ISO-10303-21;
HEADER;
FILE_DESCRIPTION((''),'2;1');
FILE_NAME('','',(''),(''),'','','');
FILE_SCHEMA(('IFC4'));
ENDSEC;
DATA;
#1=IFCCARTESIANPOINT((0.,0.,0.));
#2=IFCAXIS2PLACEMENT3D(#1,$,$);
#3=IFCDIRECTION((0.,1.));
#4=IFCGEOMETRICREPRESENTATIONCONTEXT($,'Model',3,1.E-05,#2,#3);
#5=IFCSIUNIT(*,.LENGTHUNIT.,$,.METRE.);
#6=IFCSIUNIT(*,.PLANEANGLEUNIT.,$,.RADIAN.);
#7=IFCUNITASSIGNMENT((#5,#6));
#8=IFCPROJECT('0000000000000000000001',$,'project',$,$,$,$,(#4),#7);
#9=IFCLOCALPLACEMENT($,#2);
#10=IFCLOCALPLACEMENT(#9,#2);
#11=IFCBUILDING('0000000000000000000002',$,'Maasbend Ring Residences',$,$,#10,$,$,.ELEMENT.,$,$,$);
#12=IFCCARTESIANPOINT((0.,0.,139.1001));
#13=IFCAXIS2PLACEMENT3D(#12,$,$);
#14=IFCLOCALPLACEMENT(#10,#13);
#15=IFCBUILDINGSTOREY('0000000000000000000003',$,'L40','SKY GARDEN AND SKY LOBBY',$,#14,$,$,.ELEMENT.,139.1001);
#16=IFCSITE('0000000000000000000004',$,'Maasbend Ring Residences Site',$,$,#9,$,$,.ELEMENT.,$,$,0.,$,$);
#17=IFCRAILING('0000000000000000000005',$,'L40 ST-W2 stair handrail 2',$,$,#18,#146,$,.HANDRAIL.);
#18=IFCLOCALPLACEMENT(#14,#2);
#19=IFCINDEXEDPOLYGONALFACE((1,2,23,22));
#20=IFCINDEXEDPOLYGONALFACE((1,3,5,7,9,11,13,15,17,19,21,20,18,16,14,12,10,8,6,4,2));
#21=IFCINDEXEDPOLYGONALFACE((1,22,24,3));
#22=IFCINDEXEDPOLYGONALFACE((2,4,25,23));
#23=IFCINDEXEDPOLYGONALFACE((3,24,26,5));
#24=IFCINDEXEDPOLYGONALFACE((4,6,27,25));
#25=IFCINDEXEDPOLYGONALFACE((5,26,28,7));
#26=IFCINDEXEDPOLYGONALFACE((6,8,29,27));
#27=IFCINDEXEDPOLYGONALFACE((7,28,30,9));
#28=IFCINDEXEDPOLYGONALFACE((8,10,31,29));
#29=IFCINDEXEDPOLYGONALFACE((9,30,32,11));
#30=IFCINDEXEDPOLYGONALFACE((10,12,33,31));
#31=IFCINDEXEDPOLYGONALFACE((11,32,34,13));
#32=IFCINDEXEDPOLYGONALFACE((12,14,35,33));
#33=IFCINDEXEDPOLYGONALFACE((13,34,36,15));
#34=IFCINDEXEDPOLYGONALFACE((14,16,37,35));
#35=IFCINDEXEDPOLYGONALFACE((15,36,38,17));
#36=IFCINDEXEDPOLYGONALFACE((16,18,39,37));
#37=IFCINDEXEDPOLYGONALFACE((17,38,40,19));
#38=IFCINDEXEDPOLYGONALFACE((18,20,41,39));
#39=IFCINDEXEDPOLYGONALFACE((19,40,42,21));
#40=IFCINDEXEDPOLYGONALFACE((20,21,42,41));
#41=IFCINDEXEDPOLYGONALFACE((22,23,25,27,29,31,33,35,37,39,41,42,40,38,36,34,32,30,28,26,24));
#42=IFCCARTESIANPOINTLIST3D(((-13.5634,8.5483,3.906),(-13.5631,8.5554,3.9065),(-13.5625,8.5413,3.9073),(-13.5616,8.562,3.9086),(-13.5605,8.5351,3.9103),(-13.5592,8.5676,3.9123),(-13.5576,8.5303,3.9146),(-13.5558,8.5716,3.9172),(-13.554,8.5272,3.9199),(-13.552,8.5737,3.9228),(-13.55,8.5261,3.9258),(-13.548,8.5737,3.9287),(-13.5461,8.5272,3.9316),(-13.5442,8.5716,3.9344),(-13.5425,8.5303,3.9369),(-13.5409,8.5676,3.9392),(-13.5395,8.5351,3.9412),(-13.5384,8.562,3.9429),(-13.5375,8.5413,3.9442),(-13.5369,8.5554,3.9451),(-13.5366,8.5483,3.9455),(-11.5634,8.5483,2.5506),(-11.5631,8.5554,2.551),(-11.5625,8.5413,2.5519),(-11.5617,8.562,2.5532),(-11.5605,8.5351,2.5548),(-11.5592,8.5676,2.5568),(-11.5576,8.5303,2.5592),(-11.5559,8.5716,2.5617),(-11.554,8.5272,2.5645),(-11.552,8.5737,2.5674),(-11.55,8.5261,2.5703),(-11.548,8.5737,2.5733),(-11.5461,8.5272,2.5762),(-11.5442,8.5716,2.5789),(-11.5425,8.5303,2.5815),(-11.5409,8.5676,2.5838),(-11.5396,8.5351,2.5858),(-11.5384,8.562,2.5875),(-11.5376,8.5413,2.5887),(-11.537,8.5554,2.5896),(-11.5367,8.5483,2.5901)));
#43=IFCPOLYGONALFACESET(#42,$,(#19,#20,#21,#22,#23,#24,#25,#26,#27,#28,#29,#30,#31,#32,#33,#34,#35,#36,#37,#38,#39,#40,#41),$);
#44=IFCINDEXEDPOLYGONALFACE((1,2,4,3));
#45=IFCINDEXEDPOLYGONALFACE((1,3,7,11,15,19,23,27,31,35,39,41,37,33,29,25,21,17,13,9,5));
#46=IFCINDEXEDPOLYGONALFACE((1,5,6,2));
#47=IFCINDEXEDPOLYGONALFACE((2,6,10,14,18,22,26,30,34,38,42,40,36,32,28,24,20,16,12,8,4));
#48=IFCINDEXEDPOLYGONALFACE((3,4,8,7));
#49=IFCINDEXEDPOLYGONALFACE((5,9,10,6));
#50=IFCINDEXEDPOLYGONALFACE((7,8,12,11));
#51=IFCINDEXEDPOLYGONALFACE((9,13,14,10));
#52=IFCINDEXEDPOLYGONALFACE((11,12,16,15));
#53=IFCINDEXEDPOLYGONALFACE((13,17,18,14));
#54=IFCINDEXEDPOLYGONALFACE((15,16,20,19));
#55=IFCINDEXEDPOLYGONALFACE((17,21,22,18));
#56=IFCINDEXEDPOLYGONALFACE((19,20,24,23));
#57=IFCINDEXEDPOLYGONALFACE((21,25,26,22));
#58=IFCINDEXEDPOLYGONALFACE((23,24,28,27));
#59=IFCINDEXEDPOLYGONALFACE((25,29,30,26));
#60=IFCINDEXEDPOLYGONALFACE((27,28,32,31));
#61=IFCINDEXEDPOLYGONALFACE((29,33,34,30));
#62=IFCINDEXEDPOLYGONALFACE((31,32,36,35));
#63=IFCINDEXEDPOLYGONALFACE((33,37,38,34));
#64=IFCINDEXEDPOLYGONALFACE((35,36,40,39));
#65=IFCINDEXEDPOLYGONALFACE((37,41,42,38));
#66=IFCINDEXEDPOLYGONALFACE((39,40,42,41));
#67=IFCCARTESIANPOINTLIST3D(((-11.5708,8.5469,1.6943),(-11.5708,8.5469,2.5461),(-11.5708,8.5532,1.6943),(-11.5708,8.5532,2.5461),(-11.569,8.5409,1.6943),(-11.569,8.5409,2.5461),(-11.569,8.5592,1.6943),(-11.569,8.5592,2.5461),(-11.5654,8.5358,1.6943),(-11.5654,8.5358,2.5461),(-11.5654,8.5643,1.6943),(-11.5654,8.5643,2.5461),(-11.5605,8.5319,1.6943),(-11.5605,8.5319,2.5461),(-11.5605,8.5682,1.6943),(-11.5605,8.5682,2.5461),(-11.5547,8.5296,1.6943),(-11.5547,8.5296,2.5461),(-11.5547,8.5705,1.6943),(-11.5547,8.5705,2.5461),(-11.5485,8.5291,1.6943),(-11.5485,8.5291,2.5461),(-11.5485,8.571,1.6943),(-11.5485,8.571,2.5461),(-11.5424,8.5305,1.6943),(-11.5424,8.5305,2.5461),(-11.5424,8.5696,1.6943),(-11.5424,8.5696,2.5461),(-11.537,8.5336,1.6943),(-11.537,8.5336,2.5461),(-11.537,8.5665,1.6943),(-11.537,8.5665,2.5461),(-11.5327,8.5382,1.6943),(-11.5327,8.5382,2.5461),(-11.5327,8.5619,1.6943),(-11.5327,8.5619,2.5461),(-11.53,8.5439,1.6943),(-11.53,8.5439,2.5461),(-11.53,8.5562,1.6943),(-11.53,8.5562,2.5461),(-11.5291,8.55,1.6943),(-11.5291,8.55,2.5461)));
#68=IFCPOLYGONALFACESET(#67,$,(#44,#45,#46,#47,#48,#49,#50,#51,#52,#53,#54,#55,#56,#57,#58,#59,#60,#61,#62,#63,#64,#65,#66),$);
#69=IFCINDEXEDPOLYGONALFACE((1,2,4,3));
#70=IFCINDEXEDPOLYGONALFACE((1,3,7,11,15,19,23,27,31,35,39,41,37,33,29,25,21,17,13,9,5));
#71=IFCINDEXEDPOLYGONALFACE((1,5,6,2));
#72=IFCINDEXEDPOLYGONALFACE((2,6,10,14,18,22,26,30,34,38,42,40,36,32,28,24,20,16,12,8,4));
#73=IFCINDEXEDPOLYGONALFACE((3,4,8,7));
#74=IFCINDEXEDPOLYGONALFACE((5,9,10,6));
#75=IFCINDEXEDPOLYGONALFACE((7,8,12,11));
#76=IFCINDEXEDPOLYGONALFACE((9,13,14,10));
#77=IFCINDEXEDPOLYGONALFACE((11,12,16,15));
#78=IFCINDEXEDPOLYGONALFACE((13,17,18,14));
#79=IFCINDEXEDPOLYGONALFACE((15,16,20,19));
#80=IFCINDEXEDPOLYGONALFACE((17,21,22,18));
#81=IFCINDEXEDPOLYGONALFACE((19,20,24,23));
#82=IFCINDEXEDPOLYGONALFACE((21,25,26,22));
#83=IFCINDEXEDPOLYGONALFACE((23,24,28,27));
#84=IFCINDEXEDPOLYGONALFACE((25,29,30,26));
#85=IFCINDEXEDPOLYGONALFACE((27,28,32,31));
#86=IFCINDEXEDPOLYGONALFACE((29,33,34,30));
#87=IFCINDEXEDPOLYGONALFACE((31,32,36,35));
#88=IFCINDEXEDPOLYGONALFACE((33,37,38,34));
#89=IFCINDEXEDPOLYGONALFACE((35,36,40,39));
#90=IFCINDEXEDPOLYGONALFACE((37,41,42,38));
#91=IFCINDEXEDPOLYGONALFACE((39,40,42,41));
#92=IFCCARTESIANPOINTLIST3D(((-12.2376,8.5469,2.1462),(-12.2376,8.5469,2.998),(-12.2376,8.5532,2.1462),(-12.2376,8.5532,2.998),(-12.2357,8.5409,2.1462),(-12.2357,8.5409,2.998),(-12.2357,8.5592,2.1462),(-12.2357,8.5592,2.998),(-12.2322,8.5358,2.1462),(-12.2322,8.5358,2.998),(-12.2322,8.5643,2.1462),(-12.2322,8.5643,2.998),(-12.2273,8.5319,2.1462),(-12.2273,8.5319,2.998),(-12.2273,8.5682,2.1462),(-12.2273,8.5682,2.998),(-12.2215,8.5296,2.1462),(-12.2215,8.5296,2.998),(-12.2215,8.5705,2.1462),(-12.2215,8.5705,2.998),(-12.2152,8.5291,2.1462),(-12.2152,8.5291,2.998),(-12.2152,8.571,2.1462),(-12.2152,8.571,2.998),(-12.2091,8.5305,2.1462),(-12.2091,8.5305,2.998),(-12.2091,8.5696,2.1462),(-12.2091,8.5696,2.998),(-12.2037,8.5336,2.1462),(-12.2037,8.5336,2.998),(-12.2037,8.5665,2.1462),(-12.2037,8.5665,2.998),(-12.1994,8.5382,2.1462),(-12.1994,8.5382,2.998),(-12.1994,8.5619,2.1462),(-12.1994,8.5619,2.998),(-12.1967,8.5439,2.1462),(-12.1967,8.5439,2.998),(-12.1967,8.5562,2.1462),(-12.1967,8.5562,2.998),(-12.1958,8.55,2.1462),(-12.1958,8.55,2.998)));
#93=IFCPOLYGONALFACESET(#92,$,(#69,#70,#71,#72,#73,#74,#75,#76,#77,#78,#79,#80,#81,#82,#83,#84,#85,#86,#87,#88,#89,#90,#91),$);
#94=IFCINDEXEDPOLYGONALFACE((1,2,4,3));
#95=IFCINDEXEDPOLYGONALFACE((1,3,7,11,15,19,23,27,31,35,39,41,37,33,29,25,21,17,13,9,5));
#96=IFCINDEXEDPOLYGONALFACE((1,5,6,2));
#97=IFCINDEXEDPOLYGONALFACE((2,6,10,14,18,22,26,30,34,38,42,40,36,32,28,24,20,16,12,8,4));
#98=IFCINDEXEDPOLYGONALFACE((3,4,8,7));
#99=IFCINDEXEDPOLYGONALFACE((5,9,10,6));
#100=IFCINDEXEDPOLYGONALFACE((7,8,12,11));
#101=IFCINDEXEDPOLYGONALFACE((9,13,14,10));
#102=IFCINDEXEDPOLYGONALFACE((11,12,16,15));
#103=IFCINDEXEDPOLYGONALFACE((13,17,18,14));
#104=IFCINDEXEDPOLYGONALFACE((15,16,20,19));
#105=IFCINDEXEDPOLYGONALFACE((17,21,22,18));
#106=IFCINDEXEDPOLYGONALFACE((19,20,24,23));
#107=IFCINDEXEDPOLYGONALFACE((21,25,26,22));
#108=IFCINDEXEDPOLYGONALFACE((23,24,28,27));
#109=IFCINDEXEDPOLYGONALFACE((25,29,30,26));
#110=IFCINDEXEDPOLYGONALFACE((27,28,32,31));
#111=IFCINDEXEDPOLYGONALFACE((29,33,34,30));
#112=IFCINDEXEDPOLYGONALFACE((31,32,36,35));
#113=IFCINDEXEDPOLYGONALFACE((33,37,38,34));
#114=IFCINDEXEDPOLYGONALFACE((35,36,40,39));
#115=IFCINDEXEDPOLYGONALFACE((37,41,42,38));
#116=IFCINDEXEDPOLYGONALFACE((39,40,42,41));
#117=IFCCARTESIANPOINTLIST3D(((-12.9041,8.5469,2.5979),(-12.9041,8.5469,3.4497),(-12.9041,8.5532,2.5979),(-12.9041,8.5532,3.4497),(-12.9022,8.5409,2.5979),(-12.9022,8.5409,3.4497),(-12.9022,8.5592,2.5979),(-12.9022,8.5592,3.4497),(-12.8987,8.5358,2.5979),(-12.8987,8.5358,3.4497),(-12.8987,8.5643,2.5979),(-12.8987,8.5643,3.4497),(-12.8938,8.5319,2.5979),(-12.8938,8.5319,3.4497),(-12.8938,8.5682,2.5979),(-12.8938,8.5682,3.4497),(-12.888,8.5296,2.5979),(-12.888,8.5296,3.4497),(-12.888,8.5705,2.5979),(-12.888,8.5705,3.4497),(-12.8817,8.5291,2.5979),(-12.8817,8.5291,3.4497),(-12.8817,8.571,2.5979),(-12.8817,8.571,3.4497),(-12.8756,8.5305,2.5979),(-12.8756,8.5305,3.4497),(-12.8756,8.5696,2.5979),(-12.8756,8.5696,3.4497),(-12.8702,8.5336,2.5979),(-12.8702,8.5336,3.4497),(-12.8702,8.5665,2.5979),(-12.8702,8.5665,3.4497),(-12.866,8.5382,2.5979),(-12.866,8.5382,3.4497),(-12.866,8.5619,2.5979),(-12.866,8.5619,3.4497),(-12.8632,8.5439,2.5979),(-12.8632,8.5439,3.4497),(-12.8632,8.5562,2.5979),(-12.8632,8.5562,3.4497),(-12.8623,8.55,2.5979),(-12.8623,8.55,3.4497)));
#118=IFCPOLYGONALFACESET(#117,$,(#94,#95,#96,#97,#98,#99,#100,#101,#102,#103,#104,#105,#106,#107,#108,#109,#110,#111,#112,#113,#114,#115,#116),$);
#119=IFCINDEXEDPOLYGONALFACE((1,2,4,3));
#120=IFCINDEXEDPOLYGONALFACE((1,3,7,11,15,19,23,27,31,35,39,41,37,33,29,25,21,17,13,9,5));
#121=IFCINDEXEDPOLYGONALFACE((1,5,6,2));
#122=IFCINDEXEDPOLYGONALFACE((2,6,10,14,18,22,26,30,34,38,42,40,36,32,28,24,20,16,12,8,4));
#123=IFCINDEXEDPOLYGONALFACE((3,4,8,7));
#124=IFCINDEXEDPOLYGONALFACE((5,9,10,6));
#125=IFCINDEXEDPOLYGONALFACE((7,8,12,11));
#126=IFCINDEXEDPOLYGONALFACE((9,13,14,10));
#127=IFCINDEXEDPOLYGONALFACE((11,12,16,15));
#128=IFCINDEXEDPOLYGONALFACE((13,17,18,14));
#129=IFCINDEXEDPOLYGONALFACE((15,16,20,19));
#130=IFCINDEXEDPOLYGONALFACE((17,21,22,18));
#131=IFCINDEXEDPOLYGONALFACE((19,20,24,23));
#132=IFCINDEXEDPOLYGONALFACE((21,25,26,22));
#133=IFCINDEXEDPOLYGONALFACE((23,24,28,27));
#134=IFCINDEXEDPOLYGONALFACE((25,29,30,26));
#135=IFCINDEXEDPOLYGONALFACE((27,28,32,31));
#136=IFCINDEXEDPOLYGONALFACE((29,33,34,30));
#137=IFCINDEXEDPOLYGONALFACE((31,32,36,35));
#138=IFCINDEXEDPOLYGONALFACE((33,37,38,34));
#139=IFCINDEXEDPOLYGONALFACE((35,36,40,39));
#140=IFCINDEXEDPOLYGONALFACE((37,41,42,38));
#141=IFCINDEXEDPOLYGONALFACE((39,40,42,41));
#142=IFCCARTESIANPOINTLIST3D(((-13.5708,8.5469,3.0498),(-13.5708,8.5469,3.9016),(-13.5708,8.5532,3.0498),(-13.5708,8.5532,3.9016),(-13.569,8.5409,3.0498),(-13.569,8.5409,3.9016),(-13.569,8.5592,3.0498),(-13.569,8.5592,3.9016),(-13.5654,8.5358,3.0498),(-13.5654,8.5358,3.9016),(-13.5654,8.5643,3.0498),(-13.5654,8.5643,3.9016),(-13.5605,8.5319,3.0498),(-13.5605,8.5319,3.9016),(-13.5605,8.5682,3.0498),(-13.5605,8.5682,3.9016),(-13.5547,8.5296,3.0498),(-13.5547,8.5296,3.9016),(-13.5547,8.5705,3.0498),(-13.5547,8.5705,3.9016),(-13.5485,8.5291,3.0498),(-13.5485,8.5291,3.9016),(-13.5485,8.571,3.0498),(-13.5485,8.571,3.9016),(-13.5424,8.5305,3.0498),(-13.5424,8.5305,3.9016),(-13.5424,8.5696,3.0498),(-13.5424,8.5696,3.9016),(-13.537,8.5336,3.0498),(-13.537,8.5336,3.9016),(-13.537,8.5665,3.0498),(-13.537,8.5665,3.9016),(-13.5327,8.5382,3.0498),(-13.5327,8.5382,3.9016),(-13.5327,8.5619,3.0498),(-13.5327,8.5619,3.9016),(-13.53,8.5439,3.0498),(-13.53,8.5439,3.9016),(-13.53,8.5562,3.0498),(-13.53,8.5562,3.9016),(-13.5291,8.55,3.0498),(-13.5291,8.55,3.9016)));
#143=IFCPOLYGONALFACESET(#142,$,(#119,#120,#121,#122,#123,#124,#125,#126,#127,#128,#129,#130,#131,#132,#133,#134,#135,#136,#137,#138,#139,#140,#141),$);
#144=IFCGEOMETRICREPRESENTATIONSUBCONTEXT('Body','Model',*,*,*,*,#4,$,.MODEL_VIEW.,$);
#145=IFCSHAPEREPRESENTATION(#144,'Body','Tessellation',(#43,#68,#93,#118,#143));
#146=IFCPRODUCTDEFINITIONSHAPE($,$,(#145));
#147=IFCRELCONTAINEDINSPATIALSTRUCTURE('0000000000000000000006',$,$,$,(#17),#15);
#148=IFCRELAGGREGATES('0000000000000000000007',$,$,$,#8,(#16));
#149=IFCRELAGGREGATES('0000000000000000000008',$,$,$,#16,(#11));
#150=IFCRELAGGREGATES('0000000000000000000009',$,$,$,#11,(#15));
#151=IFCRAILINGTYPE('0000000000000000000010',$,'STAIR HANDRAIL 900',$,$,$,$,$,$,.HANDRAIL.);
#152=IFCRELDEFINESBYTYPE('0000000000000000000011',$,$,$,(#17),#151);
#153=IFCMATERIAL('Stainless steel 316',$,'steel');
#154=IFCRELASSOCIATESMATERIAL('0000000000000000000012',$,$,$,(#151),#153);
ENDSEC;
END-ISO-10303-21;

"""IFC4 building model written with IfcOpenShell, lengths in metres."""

from ifc_helpers import new_model, si_unit, direction, frame, origin, origin_2d, place, context, subcontext, project, spatial, circle, extrude, material, type_object, element, save


model = new_model("IFC4")

# Units and contexts
model_context = context("Model", 3, precision=1e-05, world=origin(), true_north=direction((0.0, 1.0)))
body_context = subcontext(model_context, "Body", "Model", "MODEL_VIEW")
ifc_project = project(units=[si_unit("LENGTHUNIT", "METRE"), si_unit("PLANEANGLEUNIT", "RADIAN")], contexts=[model_context])

# Site, building, storey
site_placement = place(None, origin())
site = spatial("IfcSite", under=ifc_project, at=site_placement, Name="Maasbend Ring Residences Site", CompositionType="ELEMENT", RefElevation=0.0)
building_placement = place(site_placement, origin())
building = spatial("IfcBuilding", under=site, at=building_placement, Name="Maasbend Ring Residences", CompositionType="ELEMENT")
storey_placement = place(building_placement, frame((0.0, 0.0, 139.1001)))
storey = spatial("IfcBuildingStorey", under=building, at=storey_placement, Name="L40", Description="SKY GARDEN AND SKY LOBBY", CompositionType="ELEMENT", Elevation=139.1001)

# Railing
ifc_material_1 = material(Name="Stainless steel 316", Category="steel")
railing_type = type_object("IfcRailingType", Name="STAIR HANDRAIL 900", PredefinedType="HANDRAIL", material=ifc_material_1)
for number, where, name in (
    (1, (-11.55, 8.55, 1.6943), "L40 ST-W2 stair handrail 2"),
):
    element("IfcRailing", number, at=place(storey_placement, frame(where)), inside=storey, type_object=railing_type, Name=name, PredefinedType="HANDRAIL", context=body_context, shape_type="SweptSolid", body=[
        extrude(circle(Radius=0.0239, at=origin_2d()), frame((0.0, 0.0, 0.876), z_axis=(-0.827798, 0.0, 0.561027), x_axis=(0.0, -1.0, 0.0)), (0.0, 0.0, 1.0), 2.416),
        extrude(circle(Radius=0.021, at=origin_2d()), origin(), (0.0, 0.0, 1.0), 0.8518),
        extrude(circle(Radius=0.021, at=origin_2d()), frame((-0.6667, 0.0, 0.4519)), (0.0, 0.0, 1.0), 0.8518),
        extrude(circle(Radius=0.021, at=origin_2d()), frame((-1.3333, 0.0, 0.9036)), (0.0, 0.0, 1.0), 0.8518),
        extrude(circle(Radius=0.021, at=origin_2d()), frame((-2.0, 0.0, 1.3555)), (0.0, 0.0, 1.0), 0.8518),
    ])

save(model, "model.ifc")
